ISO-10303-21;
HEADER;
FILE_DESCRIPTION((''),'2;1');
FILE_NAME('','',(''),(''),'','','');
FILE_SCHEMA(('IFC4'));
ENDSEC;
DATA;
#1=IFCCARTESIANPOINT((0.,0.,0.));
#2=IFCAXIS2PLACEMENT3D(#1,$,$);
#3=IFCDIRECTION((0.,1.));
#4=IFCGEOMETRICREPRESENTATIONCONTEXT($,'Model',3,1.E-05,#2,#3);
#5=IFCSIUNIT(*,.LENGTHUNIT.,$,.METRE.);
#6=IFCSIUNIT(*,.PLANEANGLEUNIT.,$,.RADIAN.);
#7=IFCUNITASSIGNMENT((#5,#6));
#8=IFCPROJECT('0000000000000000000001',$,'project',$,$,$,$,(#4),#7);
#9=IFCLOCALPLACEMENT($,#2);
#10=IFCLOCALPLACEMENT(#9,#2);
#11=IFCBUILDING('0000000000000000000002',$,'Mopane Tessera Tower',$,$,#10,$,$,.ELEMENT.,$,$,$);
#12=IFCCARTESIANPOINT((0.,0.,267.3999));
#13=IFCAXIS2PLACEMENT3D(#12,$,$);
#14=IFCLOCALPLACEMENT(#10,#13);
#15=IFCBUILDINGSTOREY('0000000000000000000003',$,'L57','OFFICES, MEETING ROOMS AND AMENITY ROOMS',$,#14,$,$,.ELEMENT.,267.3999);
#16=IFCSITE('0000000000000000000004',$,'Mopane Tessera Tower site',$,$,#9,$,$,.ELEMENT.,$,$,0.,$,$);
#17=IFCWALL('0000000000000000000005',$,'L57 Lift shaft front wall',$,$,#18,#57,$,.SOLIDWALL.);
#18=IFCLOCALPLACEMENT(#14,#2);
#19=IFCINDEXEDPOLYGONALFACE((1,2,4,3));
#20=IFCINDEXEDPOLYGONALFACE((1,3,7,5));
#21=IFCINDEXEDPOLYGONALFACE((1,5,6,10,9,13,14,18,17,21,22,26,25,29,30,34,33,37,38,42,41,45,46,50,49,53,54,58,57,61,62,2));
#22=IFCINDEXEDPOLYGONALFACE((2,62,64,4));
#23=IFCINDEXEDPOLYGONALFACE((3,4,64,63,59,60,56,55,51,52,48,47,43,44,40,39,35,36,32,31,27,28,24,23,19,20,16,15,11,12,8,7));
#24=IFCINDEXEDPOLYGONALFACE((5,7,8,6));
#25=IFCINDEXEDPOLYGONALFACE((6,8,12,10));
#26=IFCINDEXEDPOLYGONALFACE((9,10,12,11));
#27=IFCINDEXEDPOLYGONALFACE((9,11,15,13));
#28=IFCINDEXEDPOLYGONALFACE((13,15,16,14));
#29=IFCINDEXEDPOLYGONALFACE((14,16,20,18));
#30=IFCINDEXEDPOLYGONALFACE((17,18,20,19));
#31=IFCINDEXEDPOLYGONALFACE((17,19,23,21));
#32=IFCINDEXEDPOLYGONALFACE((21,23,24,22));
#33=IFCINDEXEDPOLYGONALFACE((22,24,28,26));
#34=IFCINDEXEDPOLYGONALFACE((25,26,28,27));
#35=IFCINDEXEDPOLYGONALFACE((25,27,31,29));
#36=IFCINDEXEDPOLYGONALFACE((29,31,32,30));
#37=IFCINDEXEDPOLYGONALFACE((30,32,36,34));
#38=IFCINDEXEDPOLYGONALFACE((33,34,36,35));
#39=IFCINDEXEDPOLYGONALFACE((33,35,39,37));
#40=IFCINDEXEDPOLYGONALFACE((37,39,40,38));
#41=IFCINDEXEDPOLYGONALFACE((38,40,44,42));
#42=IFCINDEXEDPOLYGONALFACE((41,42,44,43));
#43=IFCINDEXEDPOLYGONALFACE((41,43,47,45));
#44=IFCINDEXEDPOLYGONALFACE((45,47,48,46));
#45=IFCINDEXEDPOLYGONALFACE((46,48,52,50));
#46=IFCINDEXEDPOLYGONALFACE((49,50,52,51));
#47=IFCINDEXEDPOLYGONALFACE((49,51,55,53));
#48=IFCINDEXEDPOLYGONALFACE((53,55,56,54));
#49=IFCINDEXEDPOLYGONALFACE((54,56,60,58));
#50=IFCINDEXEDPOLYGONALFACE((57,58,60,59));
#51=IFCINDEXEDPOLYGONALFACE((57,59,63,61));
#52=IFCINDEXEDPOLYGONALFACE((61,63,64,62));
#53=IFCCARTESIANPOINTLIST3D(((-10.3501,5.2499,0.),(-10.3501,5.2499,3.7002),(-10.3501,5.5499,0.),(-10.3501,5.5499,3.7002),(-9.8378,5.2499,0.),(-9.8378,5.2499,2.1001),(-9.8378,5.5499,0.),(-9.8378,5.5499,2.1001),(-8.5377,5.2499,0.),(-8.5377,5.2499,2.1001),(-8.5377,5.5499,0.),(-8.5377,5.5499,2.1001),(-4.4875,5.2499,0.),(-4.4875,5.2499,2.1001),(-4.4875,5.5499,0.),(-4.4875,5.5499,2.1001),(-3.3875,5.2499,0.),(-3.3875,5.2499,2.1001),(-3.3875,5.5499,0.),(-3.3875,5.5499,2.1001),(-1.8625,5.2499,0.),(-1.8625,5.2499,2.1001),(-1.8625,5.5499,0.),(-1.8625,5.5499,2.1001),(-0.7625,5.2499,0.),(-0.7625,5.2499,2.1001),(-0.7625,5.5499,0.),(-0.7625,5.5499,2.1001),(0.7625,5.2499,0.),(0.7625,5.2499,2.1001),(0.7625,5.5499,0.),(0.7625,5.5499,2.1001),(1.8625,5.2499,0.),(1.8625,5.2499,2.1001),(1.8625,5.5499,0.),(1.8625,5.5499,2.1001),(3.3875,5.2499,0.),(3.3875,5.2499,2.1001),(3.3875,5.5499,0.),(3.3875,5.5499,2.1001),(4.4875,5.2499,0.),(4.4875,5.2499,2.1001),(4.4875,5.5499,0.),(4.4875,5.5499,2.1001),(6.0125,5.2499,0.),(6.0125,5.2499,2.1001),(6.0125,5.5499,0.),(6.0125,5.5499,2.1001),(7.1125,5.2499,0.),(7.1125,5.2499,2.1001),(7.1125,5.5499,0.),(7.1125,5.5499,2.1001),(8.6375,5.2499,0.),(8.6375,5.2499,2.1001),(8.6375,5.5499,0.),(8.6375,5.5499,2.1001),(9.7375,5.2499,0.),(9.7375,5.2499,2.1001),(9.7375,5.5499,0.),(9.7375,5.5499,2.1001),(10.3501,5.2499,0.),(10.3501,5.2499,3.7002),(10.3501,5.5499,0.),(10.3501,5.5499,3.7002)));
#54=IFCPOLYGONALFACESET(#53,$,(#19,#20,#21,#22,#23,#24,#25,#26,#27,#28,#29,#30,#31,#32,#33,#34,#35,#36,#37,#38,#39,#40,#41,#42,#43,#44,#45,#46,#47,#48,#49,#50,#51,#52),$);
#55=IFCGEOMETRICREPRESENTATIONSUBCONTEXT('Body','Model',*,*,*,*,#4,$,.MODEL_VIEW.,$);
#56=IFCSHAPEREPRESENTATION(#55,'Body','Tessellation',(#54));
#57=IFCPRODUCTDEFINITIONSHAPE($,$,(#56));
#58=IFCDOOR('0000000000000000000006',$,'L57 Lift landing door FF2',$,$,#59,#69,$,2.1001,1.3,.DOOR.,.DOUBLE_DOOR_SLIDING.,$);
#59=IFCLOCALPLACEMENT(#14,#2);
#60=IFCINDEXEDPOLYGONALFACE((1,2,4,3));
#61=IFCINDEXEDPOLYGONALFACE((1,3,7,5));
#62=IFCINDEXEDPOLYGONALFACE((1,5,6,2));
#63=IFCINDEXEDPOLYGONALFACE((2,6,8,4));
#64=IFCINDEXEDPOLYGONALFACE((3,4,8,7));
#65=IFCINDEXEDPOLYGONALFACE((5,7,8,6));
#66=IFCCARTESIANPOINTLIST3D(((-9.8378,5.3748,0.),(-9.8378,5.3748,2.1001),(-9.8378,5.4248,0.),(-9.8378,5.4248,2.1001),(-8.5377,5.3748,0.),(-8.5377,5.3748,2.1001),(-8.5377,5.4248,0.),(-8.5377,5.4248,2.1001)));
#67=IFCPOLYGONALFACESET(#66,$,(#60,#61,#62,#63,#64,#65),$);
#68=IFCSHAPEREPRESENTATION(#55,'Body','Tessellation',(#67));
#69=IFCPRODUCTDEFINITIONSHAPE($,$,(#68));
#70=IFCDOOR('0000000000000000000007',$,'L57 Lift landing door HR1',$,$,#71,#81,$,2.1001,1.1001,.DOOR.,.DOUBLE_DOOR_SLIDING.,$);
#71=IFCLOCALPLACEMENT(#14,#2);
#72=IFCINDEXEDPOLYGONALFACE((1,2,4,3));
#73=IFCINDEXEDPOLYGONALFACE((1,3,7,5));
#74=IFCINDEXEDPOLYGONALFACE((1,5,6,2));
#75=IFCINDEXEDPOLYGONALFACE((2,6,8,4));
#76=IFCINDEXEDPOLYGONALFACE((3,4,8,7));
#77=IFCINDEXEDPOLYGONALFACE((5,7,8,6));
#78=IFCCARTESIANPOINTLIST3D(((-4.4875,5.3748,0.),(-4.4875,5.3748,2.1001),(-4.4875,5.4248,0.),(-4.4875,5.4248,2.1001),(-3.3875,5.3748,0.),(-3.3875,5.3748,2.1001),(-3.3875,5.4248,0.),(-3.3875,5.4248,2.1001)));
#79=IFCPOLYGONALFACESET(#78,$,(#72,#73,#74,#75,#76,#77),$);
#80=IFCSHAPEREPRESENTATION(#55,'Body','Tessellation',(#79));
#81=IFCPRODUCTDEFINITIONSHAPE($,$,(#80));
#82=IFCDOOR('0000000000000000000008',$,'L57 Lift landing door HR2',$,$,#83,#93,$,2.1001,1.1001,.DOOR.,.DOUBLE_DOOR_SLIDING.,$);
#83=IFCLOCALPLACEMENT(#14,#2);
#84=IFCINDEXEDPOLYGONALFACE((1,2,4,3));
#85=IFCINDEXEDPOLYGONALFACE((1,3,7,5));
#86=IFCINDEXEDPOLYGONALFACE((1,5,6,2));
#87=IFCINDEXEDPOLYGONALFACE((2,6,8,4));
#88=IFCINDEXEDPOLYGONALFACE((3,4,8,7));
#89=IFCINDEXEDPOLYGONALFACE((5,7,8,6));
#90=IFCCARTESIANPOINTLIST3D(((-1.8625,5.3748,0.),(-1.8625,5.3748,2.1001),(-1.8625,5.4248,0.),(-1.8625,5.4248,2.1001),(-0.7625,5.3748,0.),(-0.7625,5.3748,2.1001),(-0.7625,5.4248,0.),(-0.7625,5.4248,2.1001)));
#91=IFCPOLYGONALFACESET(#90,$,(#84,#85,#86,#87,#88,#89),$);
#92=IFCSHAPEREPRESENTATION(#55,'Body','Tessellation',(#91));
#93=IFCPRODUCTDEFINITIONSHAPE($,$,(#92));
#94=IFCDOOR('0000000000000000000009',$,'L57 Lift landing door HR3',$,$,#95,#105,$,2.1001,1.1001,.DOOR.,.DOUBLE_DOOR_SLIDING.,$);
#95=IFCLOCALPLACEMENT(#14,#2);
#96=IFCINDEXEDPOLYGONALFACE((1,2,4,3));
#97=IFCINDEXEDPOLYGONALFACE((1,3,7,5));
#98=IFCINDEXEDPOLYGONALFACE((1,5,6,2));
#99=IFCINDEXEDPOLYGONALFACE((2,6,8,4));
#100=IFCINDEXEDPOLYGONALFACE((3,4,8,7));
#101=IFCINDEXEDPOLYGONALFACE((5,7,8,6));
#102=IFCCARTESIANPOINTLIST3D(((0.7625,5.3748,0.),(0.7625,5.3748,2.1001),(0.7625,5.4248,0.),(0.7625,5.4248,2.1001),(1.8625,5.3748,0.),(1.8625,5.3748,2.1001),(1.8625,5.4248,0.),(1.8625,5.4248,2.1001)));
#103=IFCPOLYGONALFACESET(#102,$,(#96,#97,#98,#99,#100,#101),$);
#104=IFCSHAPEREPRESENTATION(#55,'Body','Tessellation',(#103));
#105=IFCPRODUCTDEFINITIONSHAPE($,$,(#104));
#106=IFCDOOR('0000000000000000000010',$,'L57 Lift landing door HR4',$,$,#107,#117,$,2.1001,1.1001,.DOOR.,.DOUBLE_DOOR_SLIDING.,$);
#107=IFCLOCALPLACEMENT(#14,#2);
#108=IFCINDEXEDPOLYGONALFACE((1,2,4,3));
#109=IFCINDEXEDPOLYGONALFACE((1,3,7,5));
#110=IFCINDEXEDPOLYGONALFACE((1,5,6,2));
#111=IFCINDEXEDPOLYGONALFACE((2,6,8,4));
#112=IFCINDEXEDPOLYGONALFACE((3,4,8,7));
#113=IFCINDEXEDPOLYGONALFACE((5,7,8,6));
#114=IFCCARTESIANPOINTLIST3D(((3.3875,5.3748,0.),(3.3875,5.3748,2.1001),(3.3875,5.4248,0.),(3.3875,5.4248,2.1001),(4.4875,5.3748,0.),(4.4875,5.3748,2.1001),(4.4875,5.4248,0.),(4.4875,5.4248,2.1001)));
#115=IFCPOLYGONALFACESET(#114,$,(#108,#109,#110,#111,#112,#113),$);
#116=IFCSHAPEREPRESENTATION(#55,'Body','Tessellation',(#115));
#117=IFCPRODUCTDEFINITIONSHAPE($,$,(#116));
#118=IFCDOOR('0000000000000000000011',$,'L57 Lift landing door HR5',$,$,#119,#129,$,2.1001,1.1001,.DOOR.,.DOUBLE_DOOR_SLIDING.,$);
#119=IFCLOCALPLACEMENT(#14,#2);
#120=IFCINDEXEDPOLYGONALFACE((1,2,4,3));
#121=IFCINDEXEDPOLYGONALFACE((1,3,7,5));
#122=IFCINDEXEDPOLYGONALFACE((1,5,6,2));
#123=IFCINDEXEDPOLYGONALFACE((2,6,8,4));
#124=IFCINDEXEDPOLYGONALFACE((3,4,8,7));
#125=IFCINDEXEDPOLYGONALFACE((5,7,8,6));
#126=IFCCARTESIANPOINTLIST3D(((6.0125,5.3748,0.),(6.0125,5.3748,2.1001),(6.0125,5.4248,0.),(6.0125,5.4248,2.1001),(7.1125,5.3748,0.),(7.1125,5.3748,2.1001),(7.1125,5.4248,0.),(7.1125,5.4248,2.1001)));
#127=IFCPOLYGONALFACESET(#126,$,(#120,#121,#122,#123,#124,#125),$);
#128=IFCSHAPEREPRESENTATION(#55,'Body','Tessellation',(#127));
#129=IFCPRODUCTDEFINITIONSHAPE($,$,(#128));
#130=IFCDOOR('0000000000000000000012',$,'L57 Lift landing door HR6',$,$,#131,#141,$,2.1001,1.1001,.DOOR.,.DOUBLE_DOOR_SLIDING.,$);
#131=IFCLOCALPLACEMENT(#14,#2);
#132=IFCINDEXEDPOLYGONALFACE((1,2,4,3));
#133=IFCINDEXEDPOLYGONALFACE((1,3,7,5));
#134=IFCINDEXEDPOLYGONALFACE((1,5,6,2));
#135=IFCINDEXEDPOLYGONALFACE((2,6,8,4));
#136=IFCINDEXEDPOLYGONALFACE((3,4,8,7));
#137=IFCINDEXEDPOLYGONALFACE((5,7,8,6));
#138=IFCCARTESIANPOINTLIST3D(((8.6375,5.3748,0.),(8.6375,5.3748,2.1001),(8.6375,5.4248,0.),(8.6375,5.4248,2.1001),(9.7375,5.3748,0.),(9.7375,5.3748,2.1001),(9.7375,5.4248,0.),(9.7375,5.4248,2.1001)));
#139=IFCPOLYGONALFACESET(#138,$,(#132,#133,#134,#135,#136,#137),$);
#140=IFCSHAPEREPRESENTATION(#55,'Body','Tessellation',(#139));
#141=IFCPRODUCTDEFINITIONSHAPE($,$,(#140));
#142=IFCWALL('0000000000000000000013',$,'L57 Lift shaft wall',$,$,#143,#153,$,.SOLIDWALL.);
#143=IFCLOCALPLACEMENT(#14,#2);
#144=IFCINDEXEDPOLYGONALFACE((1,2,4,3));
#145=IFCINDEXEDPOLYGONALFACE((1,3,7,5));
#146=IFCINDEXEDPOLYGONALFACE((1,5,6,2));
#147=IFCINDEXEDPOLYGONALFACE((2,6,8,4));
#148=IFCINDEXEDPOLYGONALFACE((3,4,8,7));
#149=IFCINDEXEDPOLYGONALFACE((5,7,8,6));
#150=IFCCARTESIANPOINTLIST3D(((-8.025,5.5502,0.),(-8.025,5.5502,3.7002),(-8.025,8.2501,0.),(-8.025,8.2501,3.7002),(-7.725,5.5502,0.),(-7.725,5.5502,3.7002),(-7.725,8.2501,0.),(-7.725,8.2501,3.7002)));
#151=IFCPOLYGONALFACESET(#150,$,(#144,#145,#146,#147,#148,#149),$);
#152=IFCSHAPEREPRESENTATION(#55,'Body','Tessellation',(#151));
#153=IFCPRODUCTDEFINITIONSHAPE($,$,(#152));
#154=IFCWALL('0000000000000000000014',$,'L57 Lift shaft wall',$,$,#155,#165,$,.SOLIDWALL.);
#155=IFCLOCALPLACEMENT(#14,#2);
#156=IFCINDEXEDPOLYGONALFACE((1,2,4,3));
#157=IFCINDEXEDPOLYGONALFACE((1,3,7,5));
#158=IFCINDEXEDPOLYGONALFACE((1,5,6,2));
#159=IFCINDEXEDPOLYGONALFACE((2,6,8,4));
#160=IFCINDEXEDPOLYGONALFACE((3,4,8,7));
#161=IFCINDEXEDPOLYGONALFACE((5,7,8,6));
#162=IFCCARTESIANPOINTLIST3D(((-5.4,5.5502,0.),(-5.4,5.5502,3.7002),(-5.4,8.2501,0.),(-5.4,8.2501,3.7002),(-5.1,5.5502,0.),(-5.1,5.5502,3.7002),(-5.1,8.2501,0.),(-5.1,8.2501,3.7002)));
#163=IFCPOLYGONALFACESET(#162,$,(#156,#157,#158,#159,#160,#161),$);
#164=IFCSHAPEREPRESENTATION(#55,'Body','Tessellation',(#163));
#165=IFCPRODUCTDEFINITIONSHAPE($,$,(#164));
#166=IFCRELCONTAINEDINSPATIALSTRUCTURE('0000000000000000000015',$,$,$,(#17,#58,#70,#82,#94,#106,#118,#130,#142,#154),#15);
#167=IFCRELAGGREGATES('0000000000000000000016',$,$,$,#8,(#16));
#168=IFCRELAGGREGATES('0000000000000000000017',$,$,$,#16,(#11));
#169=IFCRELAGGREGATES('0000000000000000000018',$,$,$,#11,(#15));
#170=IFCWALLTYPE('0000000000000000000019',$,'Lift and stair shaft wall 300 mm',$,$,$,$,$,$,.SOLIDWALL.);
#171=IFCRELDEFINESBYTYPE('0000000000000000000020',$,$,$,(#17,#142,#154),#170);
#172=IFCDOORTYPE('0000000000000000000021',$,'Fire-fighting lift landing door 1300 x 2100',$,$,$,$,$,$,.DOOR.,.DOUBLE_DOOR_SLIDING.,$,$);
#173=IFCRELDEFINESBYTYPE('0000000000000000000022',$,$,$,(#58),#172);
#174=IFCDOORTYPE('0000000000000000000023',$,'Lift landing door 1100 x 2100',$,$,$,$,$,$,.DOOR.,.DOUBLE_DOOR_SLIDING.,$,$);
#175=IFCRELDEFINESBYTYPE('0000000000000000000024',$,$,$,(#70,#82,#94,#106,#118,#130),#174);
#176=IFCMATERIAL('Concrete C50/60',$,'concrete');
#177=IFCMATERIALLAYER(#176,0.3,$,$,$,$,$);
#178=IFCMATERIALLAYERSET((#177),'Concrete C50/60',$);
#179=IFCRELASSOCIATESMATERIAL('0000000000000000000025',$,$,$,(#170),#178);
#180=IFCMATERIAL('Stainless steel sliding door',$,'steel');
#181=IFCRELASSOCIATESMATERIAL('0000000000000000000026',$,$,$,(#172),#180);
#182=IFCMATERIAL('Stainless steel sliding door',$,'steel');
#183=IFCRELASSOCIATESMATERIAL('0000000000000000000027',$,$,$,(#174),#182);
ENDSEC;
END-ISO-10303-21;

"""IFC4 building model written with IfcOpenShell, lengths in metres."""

from ifc_helpers import new_model, si_unit, direction, frame, frame_2d, origin, place, context, subcontext, project, spatial, rectangle, extrude, material, layer, layer_set, type_object, element, fill, save


model = new_model("IFC4")

# Units and contexts
model_context = context("Model", 3, precision=1e-05, world=origin(), true_north=direction((0.0, 1.0)))
body_context = subcontext(model_context, "Body", "Model", "MODEL_VIEW")
ifc_project = project(units=[si_unit("LENGTHUNIT", "METRE"), si_unit("PLANEANGLEUNIT", "RADIAN")], contexts=[model_context])

# Site, building, storey
site_placement = place(None, origin())
site = spatial("IfcSite", under=ifc_project, at=site_placement, Name="Mopane Tessera Tower site", CompositionType="ELEMENT", RefElevation=0.0)
building_placement = place(site_placement, origin())
building = spatial("IfcBuilding", under=site, at=building_placement, Name="Mopane Tessera Tower", CompositionType="ELEMENT")
storey_placement = place(building_placement, frame((0.0, 0.0, 267.3999)))
storey = spatial("IfcBuildingStorey", under=building, at=storey_placement, Name="L57", Description="OFFICES, MEETING ROOMS AND AMENITY ROOMS", CompositionType="ELEMENT", Elevation=267.3999)

# Shared definitions
ifc_material_1 = material(Name="Concrete C50/60", Category="concrete")
ifc_layer_1 = layer(ifc_material_1, 0.3)
ifc_layer_set_1 = layer_set([ifc_layer_1], Name="Concrete C50/60")
wall_type_1 = type_object("IfcWallType", Name="Lift and stair shaft wall 300 mm", PredefinedType="SOLIDWALL", material=ifc_layer_set_1)

# Wall, openings, doors
wall_1_placement = place(storey_placement, frame((-10.3501, 5.3999, 0.0), z_axis=(0.0, 0.0, 1.0), x_axis=(1.0, 0.0, 0.0)))
wall_1 = element("IfcWall", 1, at=wall_1_placement, inside=storey, type_object=wall_type_1, Name="L57 Lift shaft front wall", PredefinedType="SOLIDWALL", context=body_context, shape_type="SweptSolid", body=[
    extrude(rectangle(XDim=20.7002, YDim=0.3, at=frame_2d((10.3501, 0.0))), origin(), (0.0, 0.0, 1.0), 3.7002),
])
opening_1_placement = place(wall_1_placement, frame((0.5125, 0.0, 0.0)))
opening_1 = element("IfcOpeningElement", 2, at=opening_1_placement, cuts=wall_1, PredefinedType="OPENING", context=body_context, shape_type="SweptSolid", body=[
    extrude(rectangle(XDim=1.3, YDim=2.1001, at=frame_2d((0.6499, 1.05))), frame((0.0, 0.1621, 0.0), z_axis=(0.0, -1.0, 0.0), x_axis=(1.0, 0.0, 0.0)), (0.0, 0.0, 1.0), 0.324),
])
opening_2_placement = place(wall_1_placement, frame((5.8625, 0.0, 0.0)))
opening_2 = element("IfcOpeningElement", 3, at=opening_2_placement, cuts=wall_1, PredefinedType="OPENING", context=body_context, shape_type="SweptSolid", body=[
    extrude(rectangle(XDim=1.1001, YDim=2.1001, at=frame_2d((0.55, 1.05))), frame((0.0, 0.1621, 0.0), z_axis=(0.0, -1.0, 0.0), x_axis=(1.0, 0.0, 0.0)), (0.0, 0.0, 1.0), 0.324),
])
opening_3_placement = place(wall_1_placement, frame((8.4875, 0.0, 0.0)))
opening_3 = element("IfcOpeningElement", 4, at=opening_3_placement, cuts=wall_1, PredefinedType="OPENING", context=body_context, shape_type="SweptSolid", body=[
    extrude(rectangle(XDim=1.1001, YDim=2.1001, at=frame_2d((0.55, 1.05))), frame((0.0, 0.1621, 0.0), z_axis=(0.0, -1.0, 0.0), x_axis=(1.0, 0.0, 0.0)), (0.0, 0.0, 1.0), 0.324),
])
opening_4_placement = place(wall_1_placement, frame((11.1125, 0.0, 0.0)))
opening_4 = element("IfcOpeningElement", 5, at=opening_4_placement, cuts=wall_1, PredefinedType="OPENING", context=body_context, shape_type="SweptSolid", body=[
    extrude(rectangle(XDim=1.1001, YDim=2.1001, at=frame_2d((0.55, 1.05))), frame((0.0, 0.1621, 0.0), z_axis=(0.0, -1.0, 0.0), x_axis=(1.0, 0.0, 0.0)), (0.0, 0.0, 1.0), 0.324),
])
opening_5_placement = place(wall_1_placement, frame((13.7375, 0.0, 0.0)))
opening_5 = element("IfcOpeningElement", 6, at=opening_5_placement, cuts=wall_1, PredefinedType="OPENING", context=body_context, shape_type="SweptSolid", body=[
    extrude(rectangle(XDim=1.1001, YDim=2.1001, at=frame_2d((0.55, 1.05))), frame((0.0, 0.1621, 0.0), z_axis=(0.0, -1.0, 0.0), x_axis=(1.0, 0.0, 0.0)), (0.0, 0.0, 1.0), 0.324),
])
opening_6_placement = place(wall_1_placement, frame((16.3625, 0.0, 0.0)))
opening_6 = element("IfcOpeningElement", 7, at=opening_6_placement, cuts=wall_1, PredefinedType="OPENING", context=body_context, shape_type="SweptSolid", body=[
    extrude(rectangle(XDim=1.1001, YDim=2.1001, at=frame_2d((0.55, 1.05))), frame((0.0, 0.1621, 0.0), z_axis=(0.0, -1.0, 0.0), x_axis=(1.0, 0.0, 0.0)), (0.0, 0.0, 1.0), 0.324),
])
opening_7_placement = place(wall_1_placement, frame((18.9875, 0.0, 0.0)))
opening_7 = element("IfcOpeningElement", 8, at=opening_7_placement, cuts=wall_1, PredefinedType="OPENING", context=body_context, shape_type="SweptSolid", body=[
    extrude(rectangle(XDim=1.1001, YDim=2.1001, at=frame_2d((0.55, 1.05))), frame((0.0, 0.1621, 0.0), z_axis=(0.0, -1.0, 0.0), x_axis=(1.0, 0.0, 0.0)), (0.0, 0.0, 1.0), 0.324),
])
ifc_material_2 = material(Name="Stainless steel sliding door", Category="steel")
door_type_1 = type_object("IfcDoorType", Name="Fire-fighting lift landing door 1300 x 2100", OperationType="DOUBLE_DOOR_SLIDING", PredefinedType="DOOR", material=ifc_material_2)
door_1_placement = place(opening_1_placement, origin())
door_1 = element("IfcDoor", 9, at=door_1_placement, inside=storey, type_object=door_type_1, Name="L57 Lift landing door FF2", OperationType="DOUBLE_DOOR_SLIDING", OverallHeight=2.1001, OverallWidth=1.3, PredefinedType="DOOR", context=body_context, shape_type="SweptSolid", body=[
    extrude(rectangle(XDim=1.3, YDim=2.1001, at=frame_2d((0.6499, 1.05))), frame((0.0, 0.0249, 0.0), z_axis=(0.0, -1.0, 0.0), x_axis=(1.0, 0.0, 0.0)), (0.0, 0.0, 1.0), 0.05),
])
fill(opening_1, door_1)
ifc_material_3 = material(Name="Stainless steel sliding door", Category="steel")
door_type_2 = type_object("IfcDoorType", Name="Lift landing door 1100 x 2100", OperationType="DOUBLE_DOOR_SLIDING", PredefinedType="DOOR", material=ifc_material_3)
door_2_placement = place(opening_2_placement, origin())
door_2 = element("IfcDoor", 10, at=door_2_placement, inside=storey, type_object=door_type_2, Name="L57 Lift landing door HR1", OperationType="DOUBLE_DOOR_SLIDING", OverallHeight=2.1001, OverallWidth=1.1001, PredefinedType="DOOR", context=body_context, shape_type="SweptSolid", body=[
    extrude(rectangle(XDim=1.1001, YDim=2.1001, at=frame_2d((0.55, 1.05))), frame((0.0, 0.0249, 0.0), z_axis=(0.0, -1.0, 0.0), x_axis=(1.0, 0.0, 0.0)), (0.0, 0.0, 1.0), 0.05),
])
fill(opening_2, door_2)
door_3_placement = place(opening_3_placement, origin())
door_3 = element("IfcDoor", 11, at=door_3_placement, inside=storey, type_object=door_type_2, Name="L57 Lift landing door HR2", OperationType="DOUBLE_DOOR_SLIDING", OverallHeight=2.1001, OverallWidth=1.1001, PredefinedType="DOOR", context=body_context, shape_type="SweptSolid", body=[
    extrude(rectangle(XDim=1.1001, YDim=2.1001, at=frame_2d((0.55, 1.05))), frame((0.0, 0.0249, 0.0), z_axis=(0.0, -1.0, 0.0), x_axis=(1.0, 0.0, 0.0)), (0.0, 0.0, 1.0), 0.05),
])
fill(opening_3, door_3)
door_4_placement = place(opening_4_placement, origin())
door_4 = element("IfcDoor", 12, at=door_4_placement, inside=storey, type_object=door_type_2, Name="L57 Lift landing door HR3", OperationType="DOUBLE_DOOR_SLIDING", OverallHeight=2.1001, OverallWidth=1.1001, PredefinedType="DOOR", context=body_context, shape_type="SweptSolid", body=[
    extrude(rectangle(XDim=1.1001, YDim=2.1001, at=frame_2d((0.55, 1.05))), frame((0.0, 0.0249, 0.0), z_axis=(0.0, -1.0, 0.0), x_axis=(1.0, 0.0, 0.0)), (0.0, 0.0, 1.0), 0.05),
])
fill(opening_4, door_4)
door_5_placement = place(opening_5_placement, origin())
door_5 = element("IfcDoor", 13, at=door_5_placement, inside=storey, type_object=door_type_2, Name="L57 Lift landing door HR4", OperationType="DOUBLE_DOOR_SLIDING", OverallHeight=2.1001, OverallWidth=1.1001, PredefinedType="DOOR", context=body_context, shape_type="SweptSolid", body=[
    extrude(rectangle(XDim=1.1001, YDim=2.1001, at=frame_2d((0.55, 1.05))), frame((0.0, 0.0249, 0.0), z_axis=(0.0, -1.0, 0.0), x_axis=(1.0, 0.0, 0.0)), (0.0, 0.0, 1.0), 0.05),
])
fill(opening_5, door_5)
door_6_placement = place(opening_6_placement, origin())
door_6 = element("IfcDoor", 14, at=door_6_placement, inside=storey, type_object=door_type_2, Name="L57 Lift landing door HR5", OperationType="DOUBLE_DOOR_SLIDING", OverallHeight=2.1001, OverallWidth=1.1001, PredefinedType="DOOR", context=body_context, shape_type="SweptSolid", body=[
    extrude(rectangle(XDim=1.1001, YDim=2.1001, at=frame_2d((0.55, 1.05))), frame((0.0, 0.0249, 0.0), z_axis=(0.0, -1.0, 0.0), x_axis=(1.0, 0.0, 0.0)), (0.0, 0.0, 1.0), 0.05),
])
fill(opening_6, door_6)
door_7_placement = place(opening_7_placement, origin())
door_7 = element("IfcDoor", 15, at=door_7_placement, inside=storey, type_object=door_type_2, Name="L57 Lift landing door HR6", OperationType="DOUBLE_DOOR_SLIDING", OverallHeight=2.1001, OverallWidth=1.1001, PredefinedType="DOOR", context=body_context, shape_type="SweptSolid", body=[
    extrude(rectangle(XDim=1.1001, YDim=2.1001, at=frame_2d((0.55, 1.05))), frame((0.0, 0.0249, 0.0), z_axis=(0.0, -1.0, 0.0), x_axis=(1.0, 0.0, 0.0)), (0.0, 0.0, 1.0), 0.05),
])
fill(opening_7, door_7)

# Walls
for number, where, z_axis, x_axis, name in (
    (16, (-7.875, 5.55, 0.0), (0.0, 0.0, 1.0), (0.0, 1.0, 0.0), "L57 Lift shaft wall"),
    (17, (-5.25, 5.55, 0.0), (0.0, 0.0, 1.0), (0.0, 1.0, 0.0), "L57 Lift shaft wall"),
):
    element("IfcWall", number, at=place(storey_placement, frame(where, z_axis=z_axis, x_axis=x_axis)), inside=storey, type_object=wall_type_1, Name=name, PredefinedType="SOLIDWALL", context=body_context, shape_type="SweptSolid", body=[
        extrude(rectangle(XDim=2.7, YDim=0.3, at=frame_2d((1.3501, 0.0))), origin(), (0.0, 0.0, 1.0), 3.7002),
    ])

save(model, "model.ifc")
